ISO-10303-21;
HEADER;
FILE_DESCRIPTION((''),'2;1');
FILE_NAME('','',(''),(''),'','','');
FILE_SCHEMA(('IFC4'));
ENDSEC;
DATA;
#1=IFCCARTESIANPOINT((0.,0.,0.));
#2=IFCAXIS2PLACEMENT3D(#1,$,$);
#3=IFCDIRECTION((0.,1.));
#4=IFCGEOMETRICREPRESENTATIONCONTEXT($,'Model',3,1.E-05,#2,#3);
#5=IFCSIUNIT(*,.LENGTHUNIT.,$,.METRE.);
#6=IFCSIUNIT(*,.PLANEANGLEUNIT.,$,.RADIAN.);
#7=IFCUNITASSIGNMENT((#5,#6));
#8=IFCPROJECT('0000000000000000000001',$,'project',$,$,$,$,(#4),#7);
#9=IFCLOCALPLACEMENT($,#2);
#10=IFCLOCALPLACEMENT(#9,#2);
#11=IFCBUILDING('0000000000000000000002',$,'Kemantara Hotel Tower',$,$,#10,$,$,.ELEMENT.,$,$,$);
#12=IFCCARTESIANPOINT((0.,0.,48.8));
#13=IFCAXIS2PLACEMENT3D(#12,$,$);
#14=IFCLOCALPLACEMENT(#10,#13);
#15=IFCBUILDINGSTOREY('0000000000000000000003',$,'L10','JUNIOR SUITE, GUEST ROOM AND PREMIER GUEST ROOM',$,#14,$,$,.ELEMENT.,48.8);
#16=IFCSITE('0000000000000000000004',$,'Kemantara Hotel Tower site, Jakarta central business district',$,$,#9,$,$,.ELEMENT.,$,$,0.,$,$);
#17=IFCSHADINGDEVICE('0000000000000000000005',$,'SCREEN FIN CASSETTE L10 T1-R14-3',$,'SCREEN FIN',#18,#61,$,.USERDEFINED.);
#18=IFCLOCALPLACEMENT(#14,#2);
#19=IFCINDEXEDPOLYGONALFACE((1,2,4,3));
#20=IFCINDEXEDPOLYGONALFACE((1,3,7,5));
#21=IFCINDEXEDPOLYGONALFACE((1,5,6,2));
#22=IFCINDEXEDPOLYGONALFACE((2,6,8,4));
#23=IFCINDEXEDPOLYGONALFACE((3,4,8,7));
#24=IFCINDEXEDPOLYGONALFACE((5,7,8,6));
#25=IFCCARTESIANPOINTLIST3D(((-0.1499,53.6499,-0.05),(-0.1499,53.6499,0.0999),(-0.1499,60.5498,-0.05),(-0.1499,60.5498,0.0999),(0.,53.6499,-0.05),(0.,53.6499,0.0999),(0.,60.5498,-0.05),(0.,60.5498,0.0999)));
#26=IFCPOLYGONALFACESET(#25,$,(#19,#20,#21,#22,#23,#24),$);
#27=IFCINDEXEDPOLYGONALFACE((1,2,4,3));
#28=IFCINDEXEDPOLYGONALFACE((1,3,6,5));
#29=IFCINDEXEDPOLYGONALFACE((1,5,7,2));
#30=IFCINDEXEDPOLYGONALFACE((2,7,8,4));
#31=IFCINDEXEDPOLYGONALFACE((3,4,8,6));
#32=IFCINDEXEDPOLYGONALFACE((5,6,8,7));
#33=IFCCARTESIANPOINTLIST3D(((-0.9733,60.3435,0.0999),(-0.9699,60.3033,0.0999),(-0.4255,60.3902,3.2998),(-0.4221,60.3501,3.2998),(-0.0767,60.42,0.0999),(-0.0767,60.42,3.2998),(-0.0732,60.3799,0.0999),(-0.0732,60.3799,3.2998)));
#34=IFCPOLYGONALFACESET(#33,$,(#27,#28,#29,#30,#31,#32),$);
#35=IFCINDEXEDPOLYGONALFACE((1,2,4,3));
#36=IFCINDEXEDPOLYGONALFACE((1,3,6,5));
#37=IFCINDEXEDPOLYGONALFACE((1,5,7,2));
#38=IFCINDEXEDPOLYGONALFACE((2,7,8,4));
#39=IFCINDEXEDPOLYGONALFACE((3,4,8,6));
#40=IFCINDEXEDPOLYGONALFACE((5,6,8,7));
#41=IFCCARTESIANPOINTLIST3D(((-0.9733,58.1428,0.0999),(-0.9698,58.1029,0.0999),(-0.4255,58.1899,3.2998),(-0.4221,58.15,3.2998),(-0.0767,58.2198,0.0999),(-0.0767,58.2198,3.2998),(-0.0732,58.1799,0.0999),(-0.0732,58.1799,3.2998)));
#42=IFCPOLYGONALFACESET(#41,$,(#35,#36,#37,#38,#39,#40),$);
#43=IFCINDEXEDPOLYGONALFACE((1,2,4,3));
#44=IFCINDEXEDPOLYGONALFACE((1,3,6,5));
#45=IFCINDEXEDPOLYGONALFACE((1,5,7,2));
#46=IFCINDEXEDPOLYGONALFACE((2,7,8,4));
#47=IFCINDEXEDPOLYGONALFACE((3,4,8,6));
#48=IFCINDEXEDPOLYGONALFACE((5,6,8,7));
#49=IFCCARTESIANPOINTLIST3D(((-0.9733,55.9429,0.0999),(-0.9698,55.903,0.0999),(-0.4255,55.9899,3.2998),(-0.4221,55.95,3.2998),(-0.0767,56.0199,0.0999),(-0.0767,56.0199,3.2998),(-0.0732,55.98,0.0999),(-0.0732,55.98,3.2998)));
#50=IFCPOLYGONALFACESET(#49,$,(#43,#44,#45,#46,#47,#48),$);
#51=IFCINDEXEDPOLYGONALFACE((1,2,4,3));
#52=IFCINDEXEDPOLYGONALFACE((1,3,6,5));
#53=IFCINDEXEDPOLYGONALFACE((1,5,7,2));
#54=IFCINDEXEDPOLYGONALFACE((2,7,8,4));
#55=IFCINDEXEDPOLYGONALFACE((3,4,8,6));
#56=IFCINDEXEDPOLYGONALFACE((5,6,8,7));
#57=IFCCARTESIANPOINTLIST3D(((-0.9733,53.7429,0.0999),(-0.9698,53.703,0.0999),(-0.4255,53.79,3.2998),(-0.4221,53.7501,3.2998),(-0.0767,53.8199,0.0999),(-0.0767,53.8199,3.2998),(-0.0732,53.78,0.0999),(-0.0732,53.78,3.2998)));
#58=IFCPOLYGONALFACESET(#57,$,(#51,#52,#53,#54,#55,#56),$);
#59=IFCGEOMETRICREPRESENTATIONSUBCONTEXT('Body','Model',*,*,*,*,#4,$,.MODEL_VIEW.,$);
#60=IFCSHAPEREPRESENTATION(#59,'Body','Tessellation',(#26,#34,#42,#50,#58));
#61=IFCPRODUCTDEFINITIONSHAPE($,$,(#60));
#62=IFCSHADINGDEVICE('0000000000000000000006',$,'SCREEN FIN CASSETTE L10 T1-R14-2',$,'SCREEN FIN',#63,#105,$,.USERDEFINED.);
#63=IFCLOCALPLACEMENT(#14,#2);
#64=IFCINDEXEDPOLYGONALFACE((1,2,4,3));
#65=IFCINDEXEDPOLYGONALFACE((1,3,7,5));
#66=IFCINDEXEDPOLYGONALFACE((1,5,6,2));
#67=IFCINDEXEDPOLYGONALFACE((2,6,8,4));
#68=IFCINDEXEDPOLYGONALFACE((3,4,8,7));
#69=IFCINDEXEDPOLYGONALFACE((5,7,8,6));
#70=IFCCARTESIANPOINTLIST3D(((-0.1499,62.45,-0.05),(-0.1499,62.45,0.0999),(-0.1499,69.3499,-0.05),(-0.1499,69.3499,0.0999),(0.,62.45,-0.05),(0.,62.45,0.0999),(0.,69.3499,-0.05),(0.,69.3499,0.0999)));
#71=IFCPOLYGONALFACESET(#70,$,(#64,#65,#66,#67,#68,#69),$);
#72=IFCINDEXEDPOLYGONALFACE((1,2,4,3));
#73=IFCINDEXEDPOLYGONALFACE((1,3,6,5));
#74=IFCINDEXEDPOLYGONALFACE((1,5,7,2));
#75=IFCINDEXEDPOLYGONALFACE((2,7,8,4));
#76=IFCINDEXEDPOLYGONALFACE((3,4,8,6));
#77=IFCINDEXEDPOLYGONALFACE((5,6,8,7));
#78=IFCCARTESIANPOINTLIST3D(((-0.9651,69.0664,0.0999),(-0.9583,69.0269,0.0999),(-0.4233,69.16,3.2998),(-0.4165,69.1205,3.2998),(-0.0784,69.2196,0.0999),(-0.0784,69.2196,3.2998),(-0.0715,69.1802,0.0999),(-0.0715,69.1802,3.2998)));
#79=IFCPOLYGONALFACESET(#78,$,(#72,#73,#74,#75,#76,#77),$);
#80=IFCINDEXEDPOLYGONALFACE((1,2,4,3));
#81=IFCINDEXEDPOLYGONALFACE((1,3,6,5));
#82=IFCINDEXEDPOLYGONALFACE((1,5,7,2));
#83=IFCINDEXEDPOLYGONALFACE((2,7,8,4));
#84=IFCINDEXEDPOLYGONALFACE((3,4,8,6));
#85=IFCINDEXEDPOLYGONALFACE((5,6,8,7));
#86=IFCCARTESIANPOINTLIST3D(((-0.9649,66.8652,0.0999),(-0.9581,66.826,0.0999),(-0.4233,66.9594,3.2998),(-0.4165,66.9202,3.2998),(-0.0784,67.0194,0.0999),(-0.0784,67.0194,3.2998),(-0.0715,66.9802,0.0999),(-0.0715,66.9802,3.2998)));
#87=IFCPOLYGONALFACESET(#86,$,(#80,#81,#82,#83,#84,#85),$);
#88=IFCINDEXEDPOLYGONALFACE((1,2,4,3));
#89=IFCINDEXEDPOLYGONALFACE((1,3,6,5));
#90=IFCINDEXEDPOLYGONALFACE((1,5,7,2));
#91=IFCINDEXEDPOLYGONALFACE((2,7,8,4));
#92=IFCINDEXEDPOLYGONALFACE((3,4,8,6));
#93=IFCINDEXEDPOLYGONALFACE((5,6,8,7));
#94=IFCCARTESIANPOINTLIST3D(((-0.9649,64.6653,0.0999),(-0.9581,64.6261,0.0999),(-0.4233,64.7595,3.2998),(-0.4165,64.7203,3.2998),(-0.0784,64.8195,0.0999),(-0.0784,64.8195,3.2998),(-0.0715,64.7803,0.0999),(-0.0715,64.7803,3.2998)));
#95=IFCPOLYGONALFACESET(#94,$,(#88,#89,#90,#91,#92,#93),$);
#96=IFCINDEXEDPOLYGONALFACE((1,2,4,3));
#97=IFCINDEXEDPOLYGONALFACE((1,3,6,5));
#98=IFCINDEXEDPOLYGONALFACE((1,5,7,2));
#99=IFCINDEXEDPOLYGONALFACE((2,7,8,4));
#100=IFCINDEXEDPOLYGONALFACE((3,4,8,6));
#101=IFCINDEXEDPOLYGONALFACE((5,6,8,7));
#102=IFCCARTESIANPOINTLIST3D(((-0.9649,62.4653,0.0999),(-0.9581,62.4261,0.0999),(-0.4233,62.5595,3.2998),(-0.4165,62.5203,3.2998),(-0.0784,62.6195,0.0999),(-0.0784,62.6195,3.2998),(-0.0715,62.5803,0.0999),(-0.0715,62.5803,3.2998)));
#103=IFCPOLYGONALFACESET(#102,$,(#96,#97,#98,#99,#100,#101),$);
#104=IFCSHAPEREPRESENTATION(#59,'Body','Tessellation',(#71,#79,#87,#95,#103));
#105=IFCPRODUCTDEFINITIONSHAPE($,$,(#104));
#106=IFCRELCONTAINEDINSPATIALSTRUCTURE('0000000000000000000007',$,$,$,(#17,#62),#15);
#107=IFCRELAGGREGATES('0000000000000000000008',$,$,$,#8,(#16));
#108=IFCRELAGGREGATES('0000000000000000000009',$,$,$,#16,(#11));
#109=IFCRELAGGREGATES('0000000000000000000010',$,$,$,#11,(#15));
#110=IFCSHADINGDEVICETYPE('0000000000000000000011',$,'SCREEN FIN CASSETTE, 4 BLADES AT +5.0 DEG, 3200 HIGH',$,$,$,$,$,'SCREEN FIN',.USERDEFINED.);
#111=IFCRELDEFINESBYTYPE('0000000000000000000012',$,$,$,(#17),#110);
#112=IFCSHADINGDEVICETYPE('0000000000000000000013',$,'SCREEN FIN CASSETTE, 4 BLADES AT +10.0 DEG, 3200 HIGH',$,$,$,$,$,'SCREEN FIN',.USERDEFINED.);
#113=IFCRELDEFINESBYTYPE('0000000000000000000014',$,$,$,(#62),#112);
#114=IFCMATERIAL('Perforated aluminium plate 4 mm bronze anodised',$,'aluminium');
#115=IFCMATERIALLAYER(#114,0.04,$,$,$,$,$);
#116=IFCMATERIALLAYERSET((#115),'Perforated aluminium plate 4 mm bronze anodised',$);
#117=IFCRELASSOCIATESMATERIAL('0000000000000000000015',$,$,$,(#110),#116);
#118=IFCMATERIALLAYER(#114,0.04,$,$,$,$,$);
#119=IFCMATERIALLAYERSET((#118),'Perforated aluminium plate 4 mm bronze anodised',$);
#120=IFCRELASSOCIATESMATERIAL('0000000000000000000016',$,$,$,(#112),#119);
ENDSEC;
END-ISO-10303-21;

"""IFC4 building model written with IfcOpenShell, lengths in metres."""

from ifc_helpers import new_model, si_unit, direction, frame, origin, origin_2d, place, context, subcontext, project, spatial, polyline, rectangle, outline, extrude, source, transform, mapped, material, layer, layer_set, type_object, element, save


model = new_model("IFC4")

# Units and contexts
model_context = context("Model", 3, precision=1e-05, world=origin(), true_north=direction((0.0, 1.0)))
body_context = subcontext(model_context, "Body", "Model", "MODEL_VIEW")
ifc_project = project(units=[si_unit("LENGTHUNIT", "METRE"), si_unit("PLANEANGLEUNIT", "RADIAN")], contexts=[model_context])

# Site, building, storey
site_placement = place(None, origin())
site = spatial("IfcSite", under=ifc_project, at=site_placement, Name="Kemantara Hotel Tower site, Jakarta central business district", CompositionType="ELEMENT", RefElevation=0.0)
building_placement = place(site_placement, origin())
building = spatial("IfcBuilding", under=site, at=building_placement, Name="Kemantara Hotel Tower", CompositionType="ELEMENT")
storey_placement = place(building_placement, frame((0.0, 0.0, 48.8)))
storey = spatial("IfcBuildingStorey", under=building, at=storey_placement, Name="L10", Description="JUNIOR SUITE, GUEST ROOM AND PREMIER GUEST ROOM", CompositionType="ELEMENT", Elevation=48.8)

# Shading devices
ifc_material_1 = material(Name="Perforated aluminium plate 4 mm bronze anodised", Category="aluminium")
ifc_layer_1 = layer(ifc_material_1, 0.04)
ifc_layer_set_1 = layer_set([ifc_layer_1], Name="Perforated aluminium plate 4 mm bronze anodised")
shading_device_type_1 = type_object("IfcShadingDeviceType", Name="SCREEN FIN CASSETTE, 4 BLADES AT +5.0 DEG, 3200 HIGH", ElementType="SCREEN FIN", PredefinedType="USERDEFINED", material=ifc_layer_set_1)
shared_shape_1 = source(origin(), body_context, "Body", "SweptSolid", [
    extrude(rectangle(XDim=6.8999, YDim=0.1499, at=origin_2d()), frame((3.3, -0.075, -0.1499), z_axis=(0.0, 0.0, 1.0), x_axis=(1.0, 0.0, 0.0)), (0.0, 0.0, 1.0), 0.1499),
    extrude(outline(polyline([(0.0, 0.0), (0.8999, 0.0), (0.3501, 3.2), (0.0, 3.2), (0.0, 0.0)])), frame((0.02, -0.0732, 0.0), z_axis=(-0.996376, -0.085056, 0.0), x_axis=(0.085056, -0.996376, 0.0)), (0.0, 0.0, 1.0), 0.0403),
    extrude(outline(polyline([(0.0, 0.0), (0.8999, 0.0), (0.3501, 3.2), (0.0, 3.2), (0.0, 0.0)])), frame((2.22, -0.0732, 0.0), z_axis=(-0.996332, -0.085575, 0.0), x_axis=(0.085575, -0.996332, 0.0)), (0.0, 0.0, 1.0), 0.04),
    extrude(outline(polyline([(0.0, 0.0), (0.8999, 0.0), (0.3501, 3.2), (0.0, 3.2), (0.0, 0.0)])), frame((4.4199, -0.0732, 0.0), z_axis=(-0.996332, -0.085575, 0.0), x_axis=(0.085575, -0.996332, 0.0)), (0.0, 0.0, 1.0), 0.04),
    extrude(outline(polyline([(0.0, 0.0), (0.8999, 0.0), (0.3501, 3.2), (0.0, 3.2), (0.0, 0.0)])), frame((6.6199, -0.0732, 0.0), z_axis=(-0.996332, -0.085575, 0.0), x_axis=(0.085575, -0.996332, 0.0)), (0.0, 0.0, 1.0), 0.04),
])
shading_device_1_placement = place(storey_placement, frame((0.0, 60.3999, 0.0999), z_axis=(0.0, 0.0, 1.0), x_axis=(0.0, -1.0, 0.0)))
element("IfcShadingDevice", 1, at=shading_device_1_placement, inside=storey, type_object=shading_device_type_1, Name="SCREEN FIN CASSETTE L10 T1-R14-3", ObjectType="SCREEN FIN", PredefinedType="USERDEFINED", context=body_context, shape_type="MappedRepresentation", body=[
    mapped(shared_shape_1, transform((0.0, 0.0, 0.0))),
])
ifc_layer_2 = layer(ifc_material_1, 0.04)
ifc_layer_set_2 = layer_set([ifc_layer_2], Name="Perforated aluminium plate 4 mm bronze anodised")
shading_device_type_2 = type_object("IfcShadingDeviceType", Name="SCREEN FIN CASSETTE, 4 BLADES AT +10.0 DEG, 3200 HIGH", ElementType="SCREEN FIN", PredefinedType="USERDEFINED", material=ifc_layer_set_2)
shared_shape_2 = source(origin(), body_context, "Body", "SweptSolid", [
    extrude(rectangle(XDim=6.8999, YDim=0.1499, at=origin_2d()), frame((3.3, -0.075, -0.1499), z_axis=(0.0, 0.0, 1.0), x_axis=(1.0, 0.0, 0.0)), (0.0, 0.0, 1.0), 0.1499),
    extrude(outline(polyline([(0.0, 0.0), (0.8999, 0.0), (0.3501, 3.2), (0.0, 3.2), (0.0, 0.0)])), frame((0.0198, -0.0715, 0.0), z_axis=(-0.98539, -0.170314, 0.0), x_axis=(0.170314, -0.98539, 0.0)), (0.0, 0.0, 1.0), 0.04),
    extrude(outline(polyline([(0.0, 0.0), (0.8999, 0.0), (0.3501, 3.2), (0.0, 3.2), (0.0, 0.0)])), frame((2.2197, -0.0715, 0.0), z_axis=(-0.985212, -0.171341, 0.0), x_axis=(0.171341, -0.985212, 0.0)), (0.0, 0.0, 1.0), 0.0398),
    extrude(outline(polyline([(0.0, 0.0), (0.8999, 0.0), (0.3501, 3.2), (0.0, 3.2), (0.0, 0.0)])), frame((4.4197, -0.0715, 0.0), z_axis=(-0.985212, -0.171341, 0.0), x_axis=(0.171341, -0.985212, 0.0)), (0.0, 0.0, 1.0), 0.0398),
    extrude(outline(polyline([(0.0, 0.0), (0.8999, 0.0), (0.3501, 3.2), (0.0, 3.2), (0.0, 0.0)])), frame((6.6196, -0.0715, 0.0), z_axis=(-0.985212, -0.171341, 0.0), x_axis=(0.171341, -0.985212, 0.0)), (0.0, 0.0, 1.0), 0.0398),
])
shading_device_2_placement = place(storey_placement, frame((0.0, 69.2, 0.0999), z_axis=(0.0, 0.0, 1.0), x_axis=(0.0, -1.0, 0.0)))
element("IfcShadingDevice", 2, at=shading_device_2_placement, inside=storey, type_object=shading_device_type_2, Name="SCREEN FIN CASSETTE L10 T1-R14-2", ObjectType="SCREEN FIN", PredefinedType="USERDEFINED", context=body_context, shape_type="MappedRepresentation", body=[
    mapped(shared_shape_2, transform((0.0, 0.0, 0.0))),
])

save(model, "model.ifc")
